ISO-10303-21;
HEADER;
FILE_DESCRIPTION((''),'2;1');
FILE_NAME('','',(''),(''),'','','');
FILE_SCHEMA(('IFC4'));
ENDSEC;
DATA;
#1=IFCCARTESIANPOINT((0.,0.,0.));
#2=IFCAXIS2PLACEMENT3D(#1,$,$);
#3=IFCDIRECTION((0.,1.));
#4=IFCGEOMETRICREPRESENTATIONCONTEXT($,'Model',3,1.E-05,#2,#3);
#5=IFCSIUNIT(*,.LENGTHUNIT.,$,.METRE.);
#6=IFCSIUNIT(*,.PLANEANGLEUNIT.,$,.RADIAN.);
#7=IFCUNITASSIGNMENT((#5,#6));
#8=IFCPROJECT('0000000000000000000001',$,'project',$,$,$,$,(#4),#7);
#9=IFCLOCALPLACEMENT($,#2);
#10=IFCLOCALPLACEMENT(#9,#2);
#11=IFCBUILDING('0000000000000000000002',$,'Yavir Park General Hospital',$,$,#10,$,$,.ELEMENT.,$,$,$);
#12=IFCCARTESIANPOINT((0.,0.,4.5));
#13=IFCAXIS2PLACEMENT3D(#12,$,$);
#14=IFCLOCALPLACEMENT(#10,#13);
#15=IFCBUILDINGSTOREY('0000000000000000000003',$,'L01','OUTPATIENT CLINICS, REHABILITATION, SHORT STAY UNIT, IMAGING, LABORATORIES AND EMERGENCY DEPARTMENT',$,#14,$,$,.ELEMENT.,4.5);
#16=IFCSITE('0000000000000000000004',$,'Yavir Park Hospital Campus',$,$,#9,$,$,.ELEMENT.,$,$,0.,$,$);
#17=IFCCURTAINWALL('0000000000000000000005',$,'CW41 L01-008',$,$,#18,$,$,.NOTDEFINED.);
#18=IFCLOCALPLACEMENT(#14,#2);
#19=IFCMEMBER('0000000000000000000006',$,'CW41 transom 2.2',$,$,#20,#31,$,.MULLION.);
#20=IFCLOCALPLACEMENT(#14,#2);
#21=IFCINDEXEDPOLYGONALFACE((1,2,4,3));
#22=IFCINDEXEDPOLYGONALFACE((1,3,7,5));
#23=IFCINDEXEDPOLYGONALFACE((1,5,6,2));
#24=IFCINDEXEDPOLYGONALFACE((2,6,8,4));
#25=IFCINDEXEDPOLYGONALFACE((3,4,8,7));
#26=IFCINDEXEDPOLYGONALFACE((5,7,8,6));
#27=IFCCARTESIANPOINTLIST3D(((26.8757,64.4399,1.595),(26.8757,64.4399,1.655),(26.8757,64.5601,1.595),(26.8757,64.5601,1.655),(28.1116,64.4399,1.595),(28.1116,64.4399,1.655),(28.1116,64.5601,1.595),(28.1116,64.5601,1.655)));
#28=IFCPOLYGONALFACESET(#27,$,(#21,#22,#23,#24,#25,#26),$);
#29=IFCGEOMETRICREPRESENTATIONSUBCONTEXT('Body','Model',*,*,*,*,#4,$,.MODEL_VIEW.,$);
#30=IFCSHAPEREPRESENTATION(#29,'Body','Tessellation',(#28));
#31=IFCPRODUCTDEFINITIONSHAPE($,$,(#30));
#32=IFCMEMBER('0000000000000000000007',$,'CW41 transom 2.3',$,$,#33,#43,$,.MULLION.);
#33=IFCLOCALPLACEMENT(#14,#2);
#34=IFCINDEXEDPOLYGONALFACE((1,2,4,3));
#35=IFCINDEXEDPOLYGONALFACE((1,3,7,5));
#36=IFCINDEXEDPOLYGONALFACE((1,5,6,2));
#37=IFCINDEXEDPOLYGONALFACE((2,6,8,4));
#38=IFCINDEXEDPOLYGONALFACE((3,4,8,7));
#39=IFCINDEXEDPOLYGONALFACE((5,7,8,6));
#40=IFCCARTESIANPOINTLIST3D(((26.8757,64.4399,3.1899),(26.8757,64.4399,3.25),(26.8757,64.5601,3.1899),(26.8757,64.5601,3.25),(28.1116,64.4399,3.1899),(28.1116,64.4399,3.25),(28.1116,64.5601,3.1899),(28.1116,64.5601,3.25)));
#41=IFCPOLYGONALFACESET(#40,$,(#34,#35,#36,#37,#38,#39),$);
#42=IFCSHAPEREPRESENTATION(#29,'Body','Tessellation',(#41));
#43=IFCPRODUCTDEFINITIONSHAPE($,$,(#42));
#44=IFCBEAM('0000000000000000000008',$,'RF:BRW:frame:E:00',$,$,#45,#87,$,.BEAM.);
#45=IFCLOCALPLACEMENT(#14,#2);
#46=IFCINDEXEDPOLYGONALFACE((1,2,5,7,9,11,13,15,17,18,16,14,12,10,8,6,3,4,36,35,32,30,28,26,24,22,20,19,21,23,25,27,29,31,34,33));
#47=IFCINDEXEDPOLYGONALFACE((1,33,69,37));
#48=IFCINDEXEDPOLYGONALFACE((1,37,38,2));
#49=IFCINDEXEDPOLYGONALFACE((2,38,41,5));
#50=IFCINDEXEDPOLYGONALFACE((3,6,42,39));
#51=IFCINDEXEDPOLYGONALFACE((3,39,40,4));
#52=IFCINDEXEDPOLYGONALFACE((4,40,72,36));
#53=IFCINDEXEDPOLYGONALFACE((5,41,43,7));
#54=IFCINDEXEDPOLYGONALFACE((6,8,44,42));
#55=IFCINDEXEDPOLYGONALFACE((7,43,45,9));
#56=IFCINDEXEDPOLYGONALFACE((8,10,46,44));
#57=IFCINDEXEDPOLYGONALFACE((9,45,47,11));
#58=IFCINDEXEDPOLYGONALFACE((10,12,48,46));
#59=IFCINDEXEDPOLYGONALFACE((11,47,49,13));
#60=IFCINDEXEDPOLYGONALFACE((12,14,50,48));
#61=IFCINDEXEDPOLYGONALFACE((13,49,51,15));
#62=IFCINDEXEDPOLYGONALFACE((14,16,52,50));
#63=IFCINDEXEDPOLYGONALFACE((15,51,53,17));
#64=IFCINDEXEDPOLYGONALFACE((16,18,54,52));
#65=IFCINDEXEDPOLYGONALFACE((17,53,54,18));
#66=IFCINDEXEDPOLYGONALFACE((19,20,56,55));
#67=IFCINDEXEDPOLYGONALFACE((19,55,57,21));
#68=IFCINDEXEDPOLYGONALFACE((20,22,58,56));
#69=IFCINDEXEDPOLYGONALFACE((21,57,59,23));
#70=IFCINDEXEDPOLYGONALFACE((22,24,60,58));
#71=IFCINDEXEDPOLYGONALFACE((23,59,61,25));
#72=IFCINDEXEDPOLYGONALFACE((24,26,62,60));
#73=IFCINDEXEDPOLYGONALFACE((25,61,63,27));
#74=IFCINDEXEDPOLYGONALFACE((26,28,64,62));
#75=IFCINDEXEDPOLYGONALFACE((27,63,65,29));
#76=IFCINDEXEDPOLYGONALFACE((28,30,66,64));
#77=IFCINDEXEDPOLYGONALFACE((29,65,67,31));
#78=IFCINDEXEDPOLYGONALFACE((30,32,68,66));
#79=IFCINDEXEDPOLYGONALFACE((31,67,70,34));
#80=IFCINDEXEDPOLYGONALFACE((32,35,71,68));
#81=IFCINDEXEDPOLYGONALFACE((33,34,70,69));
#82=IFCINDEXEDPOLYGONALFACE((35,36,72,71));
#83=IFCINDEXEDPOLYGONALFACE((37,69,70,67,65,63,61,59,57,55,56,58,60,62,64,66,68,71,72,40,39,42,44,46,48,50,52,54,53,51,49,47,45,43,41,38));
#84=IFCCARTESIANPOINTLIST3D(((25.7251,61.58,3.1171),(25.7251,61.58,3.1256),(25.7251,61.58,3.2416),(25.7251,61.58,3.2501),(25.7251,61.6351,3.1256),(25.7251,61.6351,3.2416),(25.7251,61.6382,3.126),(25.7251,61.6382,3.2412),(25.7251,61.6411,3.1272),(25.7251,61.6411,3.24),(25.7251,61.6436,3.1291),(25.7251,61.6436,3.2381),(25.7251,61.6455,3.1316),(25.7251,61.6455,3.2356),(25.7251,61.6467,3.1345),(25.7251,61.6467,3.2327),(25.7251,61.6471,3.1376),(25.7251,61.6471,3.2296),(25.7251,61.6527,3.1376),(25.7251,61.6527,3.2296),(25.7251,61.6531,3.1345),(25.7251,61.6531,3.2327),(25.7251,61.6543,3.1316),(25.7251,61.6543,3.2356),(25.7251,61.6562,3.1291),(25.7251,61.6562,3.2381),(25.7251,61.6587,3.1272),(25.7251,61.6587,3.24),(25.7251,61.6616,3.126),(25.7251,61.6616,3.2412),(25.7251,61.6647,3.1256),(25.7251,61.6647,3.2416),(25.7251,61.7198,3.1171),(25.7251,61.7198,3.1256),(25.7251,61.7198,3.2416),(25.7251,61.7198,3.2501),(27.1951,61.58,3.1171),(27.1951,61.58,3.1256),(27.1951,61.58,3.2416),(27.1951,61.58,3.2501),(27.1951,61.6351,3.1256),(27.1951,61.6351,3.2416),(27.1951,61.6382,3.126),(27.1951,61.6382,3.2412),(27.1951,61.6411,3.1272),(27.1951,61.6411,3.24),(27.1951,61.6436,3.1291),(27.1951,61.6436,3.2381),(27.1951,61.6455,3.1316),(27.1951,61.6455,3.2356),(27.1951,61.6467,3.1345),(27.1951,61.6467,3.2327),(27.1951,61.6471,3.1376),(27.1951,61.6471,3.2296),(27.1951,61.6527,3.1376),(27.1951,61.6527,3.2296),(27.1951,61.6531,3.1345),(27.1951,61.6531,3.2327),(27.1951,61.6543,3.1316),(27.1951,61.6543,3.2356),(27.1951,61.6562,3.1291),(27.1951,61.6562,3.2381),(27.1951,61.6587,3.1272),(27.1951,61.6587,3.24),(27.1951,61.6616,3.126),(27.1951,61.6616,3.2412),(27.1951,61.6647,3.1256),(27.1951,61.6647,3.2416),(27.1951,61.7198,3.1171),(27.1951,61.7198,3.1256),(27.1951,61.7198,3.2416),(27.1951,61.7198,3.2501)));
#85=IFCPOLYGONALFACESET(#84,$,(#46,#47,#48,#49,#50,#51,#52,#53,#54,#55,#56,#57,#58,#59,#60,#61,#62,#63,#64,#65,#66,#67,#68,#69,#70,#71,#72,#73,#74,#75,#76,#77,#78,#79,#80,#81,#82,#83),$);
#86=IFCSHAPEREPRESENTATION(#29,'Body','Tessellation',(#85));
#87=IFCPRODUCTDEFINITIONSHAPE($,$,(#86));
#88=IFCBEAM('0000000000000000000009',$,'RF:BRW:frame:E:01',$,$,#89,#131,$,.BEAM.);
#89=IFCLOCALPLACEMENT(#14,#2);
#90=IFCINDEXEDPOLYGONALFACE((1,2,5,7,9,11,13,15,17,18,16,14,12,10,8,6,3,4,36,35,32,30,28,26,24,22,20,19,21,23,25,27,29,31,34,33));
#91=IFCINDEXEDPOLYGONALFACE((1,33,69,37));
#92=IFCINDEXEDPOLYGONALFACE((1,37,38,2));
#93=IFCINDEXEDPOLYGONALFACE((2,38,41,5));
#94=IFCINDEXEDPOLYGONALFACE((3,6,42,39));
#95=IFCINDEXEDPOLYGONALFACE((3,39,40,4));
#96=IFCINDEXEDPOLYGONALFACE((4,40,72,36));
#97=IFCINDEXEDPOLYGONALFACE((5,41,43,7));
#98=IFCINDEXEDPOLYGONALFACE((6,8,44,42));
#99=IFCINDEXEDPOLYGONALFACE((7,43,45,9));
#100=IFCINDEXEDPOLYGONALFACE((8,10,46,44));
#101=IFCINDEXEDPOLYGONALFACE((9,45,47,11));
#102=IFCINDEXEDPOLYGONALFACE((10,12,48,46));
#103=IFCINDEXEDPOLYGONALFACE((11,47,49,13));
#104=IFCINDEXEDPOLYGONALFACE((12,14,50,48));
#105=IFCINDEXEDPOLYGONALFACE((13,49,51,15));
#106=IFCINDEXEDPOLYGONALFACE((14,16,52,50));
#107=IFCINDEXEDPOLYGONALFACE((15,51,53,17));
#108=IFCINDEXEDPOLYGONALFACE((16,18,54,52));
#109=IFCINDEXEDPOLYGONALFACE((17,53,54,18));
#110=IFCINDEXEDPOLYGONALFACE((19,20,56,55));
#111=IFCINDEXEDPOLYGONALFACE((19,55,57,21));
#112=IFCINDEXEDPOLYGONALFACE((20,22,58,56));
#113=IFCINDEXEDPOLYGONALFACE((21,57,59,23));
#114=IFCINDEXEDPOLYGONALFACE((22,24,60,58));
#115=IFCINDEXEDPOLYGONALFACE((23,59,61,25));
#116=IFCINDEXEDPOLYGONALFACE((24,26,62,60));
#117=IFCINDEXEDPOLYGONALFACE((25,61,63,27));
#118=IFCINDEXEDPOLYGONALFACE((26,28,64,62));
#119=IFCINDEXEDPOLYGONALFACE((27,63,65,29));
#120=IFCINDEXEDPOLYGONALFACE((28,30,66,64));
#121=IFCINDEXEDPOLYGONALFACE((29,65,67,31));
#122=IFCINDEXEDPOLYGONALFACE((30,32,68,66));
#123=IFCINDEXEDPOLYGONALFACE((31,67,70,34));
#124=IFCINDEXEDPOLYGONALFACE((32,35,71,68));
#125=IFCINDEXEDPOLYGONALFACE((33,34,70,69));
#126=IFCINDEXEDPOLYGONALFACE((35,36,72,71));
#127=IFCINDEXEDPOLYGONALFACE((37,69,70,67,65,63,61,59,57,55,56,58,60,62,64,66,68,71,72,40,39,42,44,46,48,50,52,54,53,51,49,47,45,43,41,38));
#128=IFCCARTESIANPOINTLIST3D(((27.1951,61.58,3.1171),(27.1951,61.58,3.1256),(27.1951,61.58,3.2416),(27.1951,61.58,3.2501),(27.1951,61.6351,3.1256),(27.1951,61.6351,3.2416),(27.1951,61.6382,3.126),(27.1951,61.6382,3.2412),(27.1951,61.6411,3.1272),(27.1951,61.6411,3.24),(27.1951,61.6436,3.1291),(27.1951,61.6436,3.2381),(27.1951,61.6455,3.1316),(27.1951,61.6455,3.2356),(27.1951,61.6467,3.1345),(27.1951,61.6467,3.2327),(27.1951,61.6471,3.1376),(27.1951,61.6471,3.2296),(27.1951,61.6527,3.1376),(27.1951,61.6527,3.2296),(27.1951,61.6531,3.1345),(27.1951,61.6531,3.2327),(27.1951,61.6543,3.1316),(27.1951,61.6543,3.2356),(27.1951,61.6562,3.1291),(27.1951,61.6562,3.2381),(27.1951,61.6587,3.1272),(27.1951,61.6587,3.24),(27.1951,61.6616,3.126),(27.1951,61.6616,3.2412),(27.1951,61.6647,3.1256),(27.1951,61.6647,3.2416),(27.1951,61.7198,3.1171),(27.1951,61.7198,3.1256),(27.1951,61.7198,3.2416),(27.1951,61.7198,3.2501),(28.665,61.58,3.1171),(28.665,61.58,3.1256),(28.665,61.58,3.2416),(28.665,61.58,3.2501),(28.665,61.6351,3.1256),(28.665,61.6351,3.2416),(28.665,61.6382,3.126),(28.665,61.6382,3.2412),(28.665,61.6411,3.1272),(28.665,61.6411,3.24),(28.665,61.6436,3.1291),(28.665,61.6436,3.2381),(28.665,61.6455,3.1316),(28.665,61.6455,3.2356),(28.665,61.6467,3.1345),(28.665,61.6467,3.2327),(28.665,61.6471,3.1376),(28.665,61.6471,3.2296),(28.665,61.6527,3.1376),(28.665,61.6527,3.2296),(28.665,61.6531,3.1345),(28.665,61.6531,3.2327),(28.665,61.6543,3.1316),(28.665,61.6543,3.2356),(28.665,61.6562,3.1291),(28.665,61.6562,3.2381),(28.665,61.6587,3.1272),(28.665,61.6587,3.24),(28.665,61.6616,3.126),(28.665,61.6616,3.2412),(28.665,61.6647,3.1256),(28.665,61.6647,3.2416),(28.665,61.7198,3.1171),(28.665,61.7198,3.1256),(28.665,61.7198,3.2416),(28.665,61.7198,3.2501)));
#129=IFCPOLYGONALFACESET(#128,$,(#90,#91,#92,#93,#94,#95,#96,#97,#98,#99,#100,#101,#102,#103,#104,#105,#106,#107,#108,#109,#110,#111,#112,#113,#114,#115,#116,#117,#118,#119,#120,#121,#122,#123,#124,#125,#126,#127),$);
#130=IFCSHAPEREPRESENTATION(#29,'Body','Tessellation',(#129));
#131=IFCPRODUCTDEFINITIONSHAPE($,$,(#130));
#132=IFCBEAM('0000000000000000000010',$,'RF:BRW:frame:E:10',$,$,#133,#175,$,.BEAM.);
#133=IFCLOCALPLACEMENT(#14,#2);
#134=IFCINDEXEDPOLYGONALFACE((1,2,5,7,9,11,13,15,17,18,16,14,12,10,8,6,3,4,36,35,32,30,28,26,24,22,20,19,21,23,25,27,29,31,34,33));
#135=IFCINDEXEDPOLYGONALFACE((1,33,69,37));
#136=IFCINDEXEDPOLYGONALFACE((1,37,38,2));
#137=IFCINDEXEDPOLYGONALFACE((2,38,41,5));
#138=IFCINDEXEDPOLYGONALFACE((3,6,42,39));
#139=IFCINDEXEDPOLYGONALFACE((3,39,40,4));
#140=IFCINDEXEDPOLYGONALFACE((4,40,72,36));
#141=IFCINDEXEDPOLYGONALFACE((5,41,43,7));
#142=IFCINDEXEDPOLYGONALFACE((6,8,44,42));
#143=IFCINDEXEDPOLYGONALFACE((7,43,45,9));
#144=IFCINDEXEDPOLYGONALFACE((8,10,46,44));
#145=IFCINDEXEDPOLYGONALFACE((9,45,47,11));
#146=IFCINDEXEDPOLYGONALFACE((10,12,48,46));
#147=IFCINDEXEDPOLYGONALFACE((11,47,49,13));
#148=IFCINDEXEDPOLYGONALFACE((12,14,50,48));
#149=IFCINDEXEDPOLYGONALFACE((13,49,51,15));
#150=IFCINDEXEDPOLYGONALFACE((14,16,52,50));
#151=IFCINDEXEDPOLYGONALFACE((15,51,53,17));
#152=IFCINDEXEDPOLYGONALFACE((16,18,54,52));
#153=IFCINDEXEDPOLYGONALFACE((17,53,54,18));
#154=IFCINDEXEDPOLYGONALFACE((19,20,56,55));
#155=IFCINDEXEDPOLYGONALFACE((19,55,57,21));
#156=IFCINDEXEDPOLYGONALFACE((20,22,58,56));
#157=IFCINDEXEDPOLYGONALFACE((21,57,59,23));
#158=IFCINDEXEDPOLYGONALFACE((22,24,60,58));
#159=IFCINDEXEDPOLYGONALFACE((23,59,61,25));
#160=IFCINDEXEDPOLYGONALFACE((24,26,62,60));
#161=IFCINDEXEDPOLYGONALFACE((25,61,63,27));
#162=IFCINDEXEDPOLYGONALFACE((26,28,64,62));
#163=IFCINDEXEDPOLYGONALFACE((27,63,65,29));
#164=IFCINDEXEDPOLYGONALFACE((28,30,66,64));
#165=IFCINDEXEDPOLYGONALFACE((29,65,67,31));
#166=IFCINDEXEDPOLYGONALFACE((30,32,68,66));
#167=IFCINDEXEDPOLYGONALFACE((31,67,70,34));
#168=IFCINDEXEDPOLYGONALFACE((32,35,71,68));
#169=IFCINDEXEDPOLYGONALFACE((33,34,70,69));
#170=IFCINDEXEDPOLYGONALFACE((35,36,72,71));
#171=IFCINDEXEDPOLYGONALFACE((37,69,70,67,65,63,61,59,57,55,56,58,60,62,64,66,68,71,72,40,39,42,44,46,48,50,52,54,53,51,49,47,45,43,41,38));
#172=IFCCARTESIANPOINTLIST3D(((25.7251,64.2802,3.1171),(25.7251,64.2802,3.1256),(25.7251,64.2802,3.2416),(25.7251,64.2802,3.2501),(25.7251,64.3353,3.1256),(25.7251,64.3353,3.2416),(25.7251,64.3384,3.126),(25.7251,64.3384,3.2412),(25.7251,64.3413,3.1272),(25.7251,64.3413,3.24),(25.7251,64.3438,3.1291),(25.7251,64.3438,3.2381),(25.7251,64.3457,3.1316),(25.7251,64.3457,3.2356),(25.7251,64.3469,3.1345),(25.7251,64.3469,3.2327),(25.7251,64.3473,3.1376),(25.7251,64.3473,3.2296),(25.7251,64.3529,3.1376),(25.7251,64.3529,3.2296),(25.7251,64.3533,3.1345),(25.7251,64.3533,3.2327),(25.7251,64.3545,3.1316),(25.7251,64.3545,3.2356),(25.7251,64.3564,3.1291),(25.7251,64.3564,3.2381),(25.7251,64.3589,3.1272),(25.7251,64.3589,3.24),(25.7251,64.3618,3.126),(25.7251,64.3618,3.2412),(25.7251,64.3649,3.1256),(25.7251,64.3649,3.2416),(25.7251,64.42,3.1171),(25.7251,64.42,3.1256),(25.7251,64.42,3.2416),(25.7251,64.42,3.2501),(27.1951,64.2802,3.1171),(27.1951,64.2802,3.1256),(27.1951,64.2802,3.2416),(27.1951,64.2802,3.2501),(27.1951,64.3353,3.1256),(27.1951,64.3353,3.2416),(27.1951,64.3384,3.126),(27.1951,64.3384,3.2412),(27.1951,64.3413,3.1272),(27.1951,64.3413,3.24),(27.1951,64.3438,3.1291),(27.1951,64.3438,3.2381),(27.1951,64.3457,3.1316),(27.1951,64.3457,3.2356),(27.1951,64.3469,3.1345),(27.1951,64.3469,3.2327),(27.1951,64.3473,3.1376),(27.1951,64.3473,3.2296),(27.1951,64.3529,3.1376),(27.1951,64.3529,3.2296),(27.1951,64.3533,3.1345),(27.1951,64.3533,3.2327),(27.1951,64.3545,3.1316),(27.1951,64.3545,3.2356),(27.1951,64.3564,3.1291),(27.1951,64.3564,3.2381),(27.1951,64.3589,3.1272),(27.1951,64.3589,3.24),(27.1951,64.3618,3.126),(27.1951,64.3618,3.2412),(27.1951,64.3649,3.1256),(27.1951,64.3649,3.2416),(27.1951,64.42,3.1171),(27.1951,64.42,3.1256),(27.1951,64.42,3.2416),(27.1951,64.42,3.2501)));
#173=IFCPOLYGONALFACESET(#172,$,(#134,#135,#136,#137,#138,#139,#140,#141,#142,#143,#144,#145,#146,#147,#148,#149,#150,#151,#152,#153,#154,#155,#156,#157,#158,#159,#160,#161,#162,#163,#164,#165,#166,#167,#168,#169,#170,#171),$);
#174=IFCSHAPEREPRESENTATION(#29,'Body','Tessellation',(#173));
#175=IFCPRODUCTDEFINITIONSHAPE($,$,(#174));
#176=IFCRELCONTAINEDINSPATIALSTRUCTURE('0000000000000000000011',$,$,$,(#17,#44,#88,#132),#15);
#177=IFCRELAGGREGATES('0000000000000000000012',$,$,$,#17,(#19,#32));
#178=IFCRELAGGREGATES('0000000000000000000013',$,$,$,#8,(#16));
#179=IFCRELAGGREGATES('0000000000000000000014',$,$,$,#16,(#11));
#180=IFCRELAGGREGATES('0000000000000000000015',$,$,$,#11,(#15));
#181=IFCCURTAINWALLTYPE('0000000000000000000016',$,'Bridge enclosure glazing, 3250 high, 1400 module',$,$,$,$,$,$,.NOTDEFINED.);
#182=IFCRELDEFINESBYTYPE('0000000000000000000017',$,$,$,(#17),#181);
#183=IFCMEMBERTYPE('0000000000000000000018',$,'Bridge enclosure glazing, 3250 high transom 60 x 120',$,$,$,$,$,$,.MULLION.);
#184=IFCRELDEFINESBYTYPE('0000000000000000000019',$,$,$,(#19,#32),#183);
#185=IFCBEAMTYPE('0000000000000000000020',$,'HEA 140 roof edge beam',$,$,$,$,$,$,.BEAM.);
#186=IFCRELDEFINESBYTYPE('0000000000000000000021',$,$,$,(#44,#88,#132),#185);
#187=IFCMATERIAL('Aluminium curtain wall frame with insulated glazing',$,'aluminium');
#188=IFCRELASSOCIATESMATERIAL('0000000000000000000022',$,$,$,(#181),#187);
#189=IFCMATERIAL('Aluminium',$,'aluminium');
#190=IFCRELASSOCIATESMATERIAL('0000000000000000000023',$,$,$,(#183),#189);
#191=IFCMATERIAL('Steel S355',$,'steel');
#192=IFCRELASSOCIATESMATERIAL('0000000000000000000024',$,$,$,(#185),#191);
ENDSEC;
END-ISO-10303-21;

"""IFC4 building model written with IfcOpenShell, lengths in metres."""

from ifc_helpers import new_model, si_unit, direction, frame, origin, origin_2d, place, context, subcontext, project, spatial, rectangle, i_section, extrude, material, material_profile, profile_set, type_object, element, aggregate, save


model = new_model("IFC4")

# Units and contexts
model_context = context("Model", 3, precision=1e-05, world=origin(), true_north=direction((0.0, 1.0)))
body_context = subcontext(model_context, "Body", "Model", "MODEL_VIEW")
ifc_project = project(units=[si_unit("LENGTHUNIT", "METRE"), si_unit("PLANEANGLEUNIT", "RADIAN")], contexts=[model_context])

# Site, building, storey
site_placement = place(None, origin())
site = spatial("IfcSite", under=ifc_project, at=site_placement, Name="Yavir Park Hospital Campus", CompositionType="ELEMENT", RefElevation=0.0)
building_placement = place(site_placement, origin())
building = spatial("IfcBuilding", under=site, at=building_placement, Name="Yavir Park General Hospital", CompositionType="ELEMENT")
storey_placement = place(building_placement, frame((0.0, 0.0, 4.5)))
storey = spatial("IfcBuildingStorey", under=building, at=storey_placement, Name="L01", Description="OUTPATIENT CLINICS, REHABILITATION, SHORT STAY UNIT, IMAGING, LABORATORIES AND EMERGENCY DEPARTMENT", CompositionType="ELEMENT", Elevation=4.5)

# Curtain wall
ifc_material_1 = material(Name="Aluminium curtain wall frame with insulated glazing", Category="aluminium")
curtain_wall_type = type_object("IfcCurtainWallType", Name="Bridge enclosure glazing, 3250 high, 1400 module", PredefinedType="NOTDEFINED", material=ifc_material_1)
curtain_wall_1_placement = place(storey_placement, origin())
curtain_wall_1 = element("IfcCurtainWall", 1, at=curtain_wall_1_placement, inside=storey, type_object=curtain_wall_type, Name="CW41 L01-008", PredefinedType="NOTDEFINED")

# Members
ifc_material_2 = material(Name="Aluminium", Category="aluminium")
ifc_material_profile_1 = material_profile(ifc_material_2, rectangle(XDim=0.1201, YDim=0.0601, at=origin_2d()), Name="AL 120x60")
ifc_profile_set_1 = profile_set([ifc_material_profile_1], Name="Aluminium")
member_type_1 = type_object("IfcMemberType", Name="Bridge enclosure glazing, 3250 high transom 60 x 120", PredefinedType="MULLION", material=ifc_profile_set_1)
member_1_placement = place(storey_placement, frame((26.8757, 64.5, 1.625), z_axis=(1.0, 0.0, 0.0), x_axis=(0.0, 1.0, 0.0)))
member_1 = element("IfcMember", 2, at=member_1_placement, type_object=member_type_1, Name="CW41 transom 2.2", PredefinedType="MULLION", context=body_context, shape_type="SweptSolid", body=[
    extrude(rectangle(XDim=0.1201, YDim=0.0601, at=origin_2d()), origin(), (0.0, 0.0, 1.0), 1.2358),
])
member_2_placement = place(storey_placement, frame((26.8757, 64.5, 3.22), z_axis=(1.0, 0.0, 0.0), x_axis=(0.0, 1.0, 0.0)))
member_2 = element("IfcMember", 3, at=member_2_placement, type_object=member_type_1, Name="CW41 transom 2.3", PredefinedType="MULLION", context=body_context, shape_type="SweptSolid", body=[
    extrude(rectangle(XDim=0.1201, YDim=0.0601, at=origin_2d()), origin(), (0.0, 0.0, 1.0), 1.2358),
])

# Beams
ifc_material_3 = material(Name="Steel S355", Category="steel")
ifc_material_profile_2 = material_profile(ifc_material_3, i_section(OverallWidth=0.1399, OverallDepth=0.1331, WebThickness=0.0056, FlangeThickness=0.0085, FilletRadius=0.012, at=origin_2d()), Name="HEA140")
ifc_profile_set_2 = profile_set([ifc_material_profile_2], Name="Steel S355")
beam_type_1 = type_object("IfcBeamType", Name="HEA 140 roof edge beam", PredefinedType="BEAM", material=ifc_profile_set_2)
for number, where, z_axis, x_axis, name in (
    (4, (25.7251, 61.6499, 3.1836), (1.0, 0.0, 0.0), (0.0, 1.0, 0.0), "RF:BRW:frame:E:00"),
    (5, (27.1951, 61.6499, 3.1836), (1.0, 0.0, 0.0), (0.0, 1.0, 0.0), "RF:BRW:frame:E:01"),
    (6, (25.7251, 64.3501, 3.1836), (1.0, 0.0, 0.0), (0.0, 1.0, 0.0), "RF:BRW:frame:E:10"),
):
    element("IfcBeam", number, at=place(storey_placement, frame(where, z_axis=z_axis, x_axis=x_axis)), inside=storey, type_object=beam_type_1, Name=name, PredefinedType="BEAM", context=body_context, shape_type="SweptSolid", body=[
        extrude(i_section(OverallWidth=0.1399, OverallDepth=0.1331, WebThickness=0.0056, FlangeThickness=0.0085, FilletRadius=0.012, at=origin_2d()), origin(), (0.0, 0.0, 1.0), 1.47),
    ])

aggregate(curtain_wall_1, [member_1, member_2])

save(model, "model.ifc")
